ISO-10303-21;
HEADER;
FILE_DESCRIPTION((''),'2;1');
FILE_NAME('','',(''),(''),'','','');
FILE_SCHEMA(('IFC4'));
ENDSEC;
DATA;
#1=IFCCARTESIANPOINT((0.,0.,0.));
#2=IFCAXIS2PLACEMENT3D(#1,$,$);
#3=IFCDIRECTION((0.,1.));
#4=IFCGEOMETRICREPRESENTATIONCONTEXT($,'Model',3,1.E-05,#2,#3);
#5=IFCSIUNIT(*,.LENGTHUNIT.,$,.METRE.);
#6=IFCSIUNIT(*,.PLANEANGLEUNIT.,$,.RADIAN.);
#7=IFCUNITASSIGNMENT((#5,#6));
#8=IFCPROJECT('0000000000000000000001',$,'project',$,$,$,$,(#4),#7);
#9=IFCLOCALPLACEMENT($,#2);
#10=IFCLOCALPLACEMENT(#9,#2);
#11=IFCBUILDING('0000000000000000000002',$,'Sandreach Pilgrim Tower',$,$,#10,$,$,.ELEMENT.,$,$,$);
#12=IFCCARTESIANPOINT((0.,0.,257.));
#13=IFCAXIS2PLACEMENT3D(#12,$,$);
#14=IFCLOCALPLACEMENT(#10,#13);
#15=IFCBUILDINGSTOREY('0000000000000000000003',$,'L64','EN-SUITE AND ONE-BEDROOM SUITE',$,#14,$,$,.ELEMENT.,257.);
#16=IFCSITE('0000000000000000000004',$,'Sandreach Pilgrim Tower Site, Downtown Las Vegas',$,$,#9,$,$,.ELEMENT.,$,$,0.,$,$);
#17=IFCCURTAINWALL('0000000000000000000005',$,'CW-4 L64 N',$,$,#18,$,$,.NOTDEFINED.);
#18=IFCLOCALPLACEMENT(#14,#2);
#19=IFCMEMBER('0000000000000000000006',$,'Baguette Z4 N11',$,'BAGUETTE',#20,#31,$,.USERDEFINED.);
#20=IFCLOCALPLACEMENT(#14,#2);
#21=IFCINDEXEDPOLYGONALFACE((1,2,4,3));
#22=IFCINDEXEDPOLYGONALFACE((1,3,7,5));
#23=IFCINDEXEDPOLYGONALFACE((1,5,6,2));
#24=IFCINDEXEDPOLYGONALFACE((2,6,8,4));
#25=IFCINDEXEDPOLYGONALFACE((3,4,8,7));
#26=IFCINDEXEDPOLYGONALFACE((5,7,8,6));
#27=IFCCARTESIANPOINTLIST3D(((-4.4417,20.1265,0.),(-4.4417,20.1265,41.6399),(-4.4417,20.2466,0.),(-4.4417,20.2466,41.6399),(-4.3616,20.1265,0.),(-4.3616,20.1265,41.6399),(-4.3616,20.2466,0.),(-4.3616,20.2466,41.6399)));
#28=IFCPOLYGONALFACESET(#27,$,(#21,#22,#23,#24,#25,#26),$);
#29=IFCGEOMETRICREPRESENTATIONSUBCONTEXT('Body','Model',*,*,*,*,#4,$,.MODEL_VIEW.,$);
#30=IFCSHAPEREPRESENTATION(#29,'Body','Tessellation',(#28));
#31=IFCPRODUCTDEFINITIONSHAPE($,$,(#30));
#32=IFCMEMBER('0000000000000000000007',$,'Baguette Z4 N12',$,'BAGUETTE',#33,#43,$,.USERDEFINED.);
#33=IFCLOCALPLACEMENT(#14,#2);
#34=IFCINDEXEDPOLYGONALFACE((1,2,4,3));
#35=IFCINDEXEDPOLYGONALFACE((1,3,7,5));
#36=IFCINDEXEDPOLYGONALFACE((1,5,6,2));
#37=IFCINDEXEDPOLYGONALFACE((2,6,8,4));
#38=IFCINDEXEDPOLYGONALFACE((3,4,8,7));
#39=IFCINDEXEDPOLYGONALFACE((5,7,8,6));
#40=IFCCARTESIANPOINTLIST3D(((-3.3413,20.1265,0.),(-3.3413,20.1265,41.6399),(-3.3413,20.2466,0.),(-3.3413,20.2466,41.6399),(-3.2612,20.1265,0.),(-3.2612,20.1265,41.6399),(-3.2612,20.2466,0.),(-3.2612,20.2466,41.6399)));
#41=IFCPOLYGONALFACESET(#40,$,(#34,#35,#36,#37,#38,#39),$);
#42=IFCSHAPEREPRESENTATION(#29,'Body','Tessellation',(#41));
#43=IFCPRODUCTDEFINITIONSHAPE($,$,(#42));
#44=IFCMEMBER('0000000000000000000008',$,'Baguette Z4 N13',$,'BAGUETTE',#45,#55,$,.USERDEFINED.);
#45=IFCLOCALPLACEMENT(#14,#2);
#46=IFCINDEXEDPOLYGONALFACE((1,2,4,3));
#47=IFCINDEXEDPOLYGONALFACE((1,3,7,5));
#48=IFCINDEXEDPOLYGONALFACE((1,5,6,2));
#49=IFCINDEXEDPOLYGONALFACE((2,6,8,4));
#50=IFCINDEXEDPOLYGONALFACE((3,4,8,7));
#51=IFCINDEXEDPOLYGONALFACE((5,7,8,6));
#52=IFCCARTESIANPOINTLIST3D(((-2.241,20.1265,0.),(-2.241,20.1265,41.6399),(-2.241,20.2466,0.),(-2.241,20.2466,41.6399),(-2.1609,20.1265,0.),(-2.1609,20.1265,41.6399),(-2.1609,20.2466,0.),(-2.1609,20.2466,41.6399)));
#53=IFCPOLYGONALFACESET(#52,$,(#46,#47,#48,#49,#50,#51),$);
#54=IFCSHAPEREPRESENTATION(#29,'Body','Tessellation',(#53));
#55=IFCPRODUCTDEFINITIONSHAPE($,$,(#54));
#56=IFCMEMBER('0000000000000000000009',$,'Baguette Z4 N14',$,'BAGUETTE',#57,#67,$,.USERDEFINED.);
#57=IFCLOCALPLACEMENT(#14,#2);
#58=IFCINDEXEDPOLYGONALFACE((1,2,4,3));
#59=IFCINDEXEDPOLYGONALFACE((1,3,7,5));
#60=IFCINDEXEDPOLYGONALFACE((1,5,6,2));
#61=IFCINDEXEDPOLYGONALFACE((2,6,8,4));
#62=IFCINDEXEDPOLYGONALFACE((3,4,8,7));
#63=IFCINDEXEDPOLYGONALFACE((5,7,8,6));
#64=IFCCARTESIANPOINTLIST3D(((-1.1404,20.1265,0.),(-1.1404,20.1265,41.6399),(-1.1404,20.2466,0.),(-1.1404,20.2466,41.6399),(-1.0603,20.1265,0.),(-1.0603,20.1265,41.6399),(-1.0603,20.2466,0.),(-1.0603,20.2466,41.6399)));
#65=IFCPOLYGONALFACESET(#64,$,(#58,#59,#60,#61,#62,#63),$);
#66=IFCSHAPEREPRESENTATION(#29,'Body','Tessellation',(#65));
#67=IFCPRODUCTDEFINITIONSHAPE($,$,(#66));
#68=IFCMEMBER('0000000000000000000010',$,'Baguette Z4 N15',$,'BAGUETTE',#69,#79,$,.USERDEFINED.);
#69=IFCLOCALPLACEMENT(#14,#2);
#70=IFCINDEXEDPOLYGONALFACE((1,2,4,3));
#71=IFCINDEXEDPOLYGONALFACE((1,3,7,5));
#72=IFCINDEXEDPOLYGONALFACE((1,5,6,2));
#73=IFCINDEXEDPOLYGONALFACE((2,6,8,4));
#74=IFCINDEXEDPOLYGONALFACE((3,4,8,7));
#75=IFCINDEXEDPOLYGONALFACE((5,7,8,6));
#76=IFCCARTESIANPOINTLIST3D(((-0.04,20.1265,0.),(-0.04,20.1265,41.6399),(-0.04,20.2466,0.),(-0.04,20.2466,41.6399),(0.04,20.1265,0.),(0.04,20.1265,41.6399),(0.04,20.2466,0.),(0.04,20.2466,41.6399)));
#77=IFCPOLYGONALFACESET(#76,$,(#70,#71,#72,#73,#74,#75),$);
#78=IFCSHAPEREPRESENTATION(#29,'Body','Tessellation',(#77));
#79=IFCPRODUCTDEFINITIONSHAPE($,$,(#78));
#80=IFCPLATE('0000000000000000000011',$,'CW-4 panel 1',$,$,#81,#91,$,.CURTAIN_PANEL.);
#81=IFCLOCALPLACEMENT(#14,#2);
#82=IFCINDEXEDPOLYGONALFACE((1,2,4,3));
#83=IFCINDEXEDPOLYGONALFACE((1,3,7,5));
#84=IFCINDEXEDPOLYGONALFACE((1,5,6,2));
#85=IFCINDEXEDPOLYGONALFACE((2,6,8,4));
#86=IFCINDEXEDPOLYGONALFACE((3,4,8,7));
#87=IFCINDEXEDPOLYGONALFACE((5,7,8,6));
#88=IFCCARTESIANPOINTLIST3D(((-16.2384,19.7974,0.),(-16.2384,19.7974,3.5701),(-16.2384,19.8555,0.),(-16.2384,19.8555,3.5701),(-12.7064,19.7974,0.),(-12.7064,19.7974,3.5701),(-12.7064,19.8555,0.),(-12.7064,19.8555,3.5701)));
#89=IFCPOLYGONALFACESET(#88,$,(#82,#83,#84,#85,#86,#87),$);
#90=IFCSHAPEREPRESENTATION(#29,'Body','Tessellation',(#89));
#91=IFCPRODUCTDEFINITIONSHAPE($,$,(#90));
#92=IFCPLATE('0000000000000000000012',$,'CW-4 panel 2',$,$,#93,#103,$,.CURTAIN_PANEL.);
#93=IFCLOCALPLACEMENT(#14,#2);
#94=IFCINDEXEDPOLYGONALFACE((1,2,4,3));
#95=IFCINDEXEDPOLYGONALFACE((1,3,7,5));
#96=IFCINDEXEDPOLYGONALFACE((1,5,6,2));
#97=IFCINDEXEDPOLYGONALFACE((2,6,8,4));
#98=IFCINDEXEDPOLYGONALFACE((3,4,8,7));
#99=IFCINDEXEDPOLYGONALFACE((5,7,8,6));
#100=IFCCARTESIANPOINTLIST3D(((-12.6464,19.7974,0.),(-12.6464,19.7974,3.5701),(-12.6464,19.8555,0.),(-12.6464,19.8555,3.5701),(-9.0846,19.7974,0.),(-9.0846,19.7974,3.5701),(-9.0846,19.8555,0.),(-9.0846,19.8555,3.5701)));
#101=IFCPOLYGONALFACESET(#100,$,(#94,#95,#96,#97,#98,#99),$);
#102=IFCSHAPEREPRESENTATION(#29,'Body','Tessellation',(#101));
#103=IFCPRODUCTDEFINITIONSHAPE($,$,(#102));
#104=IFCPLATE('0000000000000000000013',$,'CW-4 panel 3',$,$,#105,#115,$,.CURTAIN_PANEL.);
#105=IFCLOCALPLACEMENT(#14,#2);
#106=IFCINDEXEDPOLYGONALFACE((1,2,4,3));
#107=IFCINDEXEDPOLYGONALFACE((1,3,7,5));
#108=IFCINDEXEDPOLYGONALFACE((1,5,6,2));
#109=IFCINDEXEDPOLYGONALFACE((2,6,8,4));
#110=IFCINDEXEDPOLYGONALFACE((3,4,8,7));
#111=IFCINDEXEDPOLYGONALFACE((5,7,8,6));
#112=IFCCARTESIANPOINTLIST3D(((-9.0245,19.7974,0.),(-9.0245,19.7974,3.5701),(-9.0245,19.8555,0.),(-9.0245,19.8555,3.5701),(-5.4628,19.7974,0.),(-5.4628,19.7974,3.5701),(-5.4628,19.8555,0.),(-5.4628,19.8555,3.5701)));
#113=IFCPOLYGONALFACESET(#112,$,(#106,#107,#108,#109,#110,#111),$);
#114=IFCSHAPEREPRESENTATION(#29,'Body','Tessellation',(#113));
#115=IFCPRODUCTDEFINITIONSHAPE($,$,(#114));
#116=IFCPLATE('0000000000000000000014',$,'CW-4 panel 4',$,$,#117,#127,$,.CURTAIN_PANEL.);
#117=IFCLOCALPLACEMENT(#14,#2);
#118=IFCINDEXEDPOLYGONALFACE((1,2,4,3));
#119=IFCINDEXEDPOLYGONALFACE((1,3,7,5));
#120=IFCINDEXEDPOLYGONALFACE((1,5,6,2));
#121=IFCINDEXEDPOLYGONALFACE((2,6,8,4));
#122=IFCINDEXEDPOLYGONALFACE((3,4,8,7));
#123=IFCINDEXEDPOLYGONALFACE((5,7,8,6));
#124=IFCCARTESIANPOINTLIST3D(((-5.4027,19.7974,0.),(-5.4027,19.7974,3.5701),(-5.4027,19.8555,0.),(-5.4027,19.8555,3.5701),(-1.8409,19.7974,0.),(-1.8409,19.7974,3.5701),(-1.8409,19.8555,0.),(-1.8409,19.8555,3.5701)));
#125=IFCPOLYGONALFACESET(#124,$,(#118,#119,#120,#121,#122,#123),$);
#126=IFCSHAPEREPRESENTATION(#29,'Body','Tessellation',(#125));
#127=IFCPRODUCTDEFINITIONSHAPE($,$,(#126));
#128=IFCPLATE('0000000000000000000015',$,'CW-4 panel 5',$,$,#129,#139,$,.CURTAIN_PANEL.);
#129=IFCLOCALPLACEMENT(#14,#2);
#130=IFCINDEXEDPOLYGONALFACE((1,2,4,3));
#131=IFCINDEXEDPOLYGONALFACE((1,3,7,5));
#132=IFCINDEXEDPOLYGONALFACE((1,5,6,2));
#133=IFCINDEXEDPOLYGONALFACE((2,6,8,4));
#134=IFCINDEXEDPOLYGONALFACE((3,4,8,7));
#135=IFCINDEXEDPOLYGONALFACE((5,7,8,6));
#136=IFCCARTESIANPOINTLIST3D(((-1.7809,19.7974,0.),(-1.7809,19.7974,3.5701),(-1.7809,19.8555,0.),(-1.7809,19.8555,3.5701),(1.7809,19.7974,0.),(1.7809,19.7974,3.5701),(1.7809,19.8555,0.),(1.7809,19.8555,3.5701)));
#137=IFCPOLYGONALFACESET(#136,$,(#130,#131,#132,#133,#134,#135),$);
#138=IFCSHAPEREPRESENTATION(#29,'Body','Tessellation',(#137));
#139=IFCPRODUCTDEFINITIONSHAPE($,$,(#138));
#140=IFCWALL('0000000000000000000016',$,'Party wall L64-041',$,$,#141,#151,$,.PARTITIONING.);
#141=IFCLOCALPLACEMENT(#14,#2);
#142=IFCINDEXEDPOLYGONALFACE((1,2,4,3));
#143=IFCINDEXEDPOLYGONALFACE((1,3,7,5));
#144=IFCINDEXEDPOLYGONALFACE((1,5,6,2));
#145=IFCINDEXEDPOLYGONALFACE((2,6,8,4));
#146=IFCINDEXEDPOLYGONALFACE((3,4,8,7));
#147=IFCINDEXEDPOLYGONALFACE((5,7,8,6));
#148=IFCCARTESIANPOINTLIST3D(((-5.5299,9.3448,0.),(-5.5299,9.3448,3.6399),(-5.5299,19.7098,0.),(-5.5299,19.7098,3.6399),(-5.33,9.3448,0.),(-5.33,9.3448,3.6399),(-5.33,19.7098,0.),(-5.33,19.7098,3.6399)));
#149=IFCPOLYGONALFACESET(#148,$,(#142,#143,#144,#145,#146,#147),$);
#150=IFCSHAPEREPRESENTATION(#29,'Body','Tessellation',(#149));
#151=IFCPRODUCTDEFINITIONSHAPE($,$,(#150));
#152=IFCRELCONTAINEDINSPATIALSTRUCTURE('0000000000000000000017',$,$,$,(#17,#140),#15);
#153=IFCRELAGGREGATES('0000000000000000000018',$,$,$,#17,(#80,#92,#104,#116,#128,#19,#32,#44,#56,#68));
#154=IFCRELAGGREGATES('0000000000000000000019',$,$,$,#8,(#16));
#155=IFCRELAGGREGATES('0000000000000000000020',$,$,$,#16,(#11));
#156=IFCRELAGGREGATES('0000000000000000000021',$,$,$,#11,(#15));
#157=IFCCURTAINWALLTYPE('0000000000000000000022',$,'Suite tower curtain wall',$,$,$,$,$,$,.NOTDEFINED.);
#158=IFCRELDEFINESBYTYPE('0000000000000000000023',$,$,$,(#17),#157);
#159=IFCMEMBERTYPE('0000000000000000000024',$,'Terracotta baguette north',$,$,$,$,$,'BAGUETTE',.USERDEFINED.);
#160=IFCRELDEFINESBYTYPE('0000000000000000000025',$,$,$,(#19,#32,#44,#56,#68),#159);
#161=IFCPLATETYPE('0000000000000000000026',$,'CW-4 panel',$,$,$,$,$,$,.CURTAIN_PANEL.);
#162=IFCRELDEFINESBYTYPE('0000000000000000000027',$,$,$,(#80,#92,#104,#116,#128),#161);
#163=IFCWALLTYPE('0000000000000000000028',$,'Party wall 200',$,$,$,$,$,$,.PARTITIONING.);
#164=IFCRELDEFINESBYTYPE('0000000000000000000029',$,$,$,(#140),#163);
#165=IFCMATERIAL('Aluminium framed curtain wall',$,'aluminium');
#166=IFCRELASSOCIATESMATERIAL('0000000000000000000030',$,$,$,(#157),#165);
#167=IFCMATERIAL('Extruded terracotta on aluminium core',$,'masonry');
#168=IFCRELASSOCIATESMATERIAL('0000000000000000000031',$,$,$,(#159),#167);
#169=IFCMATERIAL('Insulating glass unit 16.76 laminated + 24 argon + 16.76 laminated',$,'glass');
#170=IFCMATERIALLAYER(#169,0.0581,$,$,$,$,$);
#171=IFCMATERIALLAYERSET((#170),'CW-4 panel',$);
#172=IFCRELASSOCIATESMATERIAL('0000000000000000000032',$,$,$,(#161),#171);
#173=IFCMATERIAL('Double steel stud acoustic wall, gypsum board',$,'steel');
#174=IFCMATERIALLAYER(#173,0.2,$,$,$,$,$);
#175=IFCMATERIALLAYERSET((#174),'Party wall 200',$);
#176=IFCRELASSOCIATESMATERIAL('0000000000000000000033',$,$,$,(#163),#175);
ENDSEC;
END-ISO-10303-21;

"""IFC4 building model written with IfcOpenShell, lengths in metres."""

from ifc_helpers import new_model, si_unit, direction, frame, frame_2d, origin, origin_2d, place, context, subcontext, project, spatial, rectangle, extrude, material, layer, layer_set, material_profile, profile_set, type_object, element, aggregate, save


model = new_model("IFC4")

# Units and contexts
model_context = context("Model", 3, precision=1e-05, world=origin(), true_north=direction((0.0, 1.0)))
body_context = subcontext(model_context, "Body", "Model", "MODEL_VIEW")
ifc_project = project(units=[si_unit("LENGTHUNIT", "METRE"), si_unit("PLANEANGLEUNIT", "RADIAN")], contexts=[model_context])

# Site, building, storey
site_placement = place(None, origin())
site = spatial("IfcSite", under=ifc_project, at=site_placement, Name="Sandreach Pilgrim Tower Site, Downtown Las Vegas", CompositionType="ELEMENT", RefElevation=0.0)
building_placement = place(site_placement, origin())
building = spatial("IfcBuilding", under=site, at=building_placement, Name="Sandreach Pilgrim Tower", CompositionType="ELEMENT")
storey_placement = place(building_placement, frame((0.0, 0.0, 257.0)))
storey = spatial("IfcBuildingStorey", under=building, at=storey_placement, Name="L64", Description="EN-SUITE AND ONE-BEDROOM SUITE", CompositionType="ELEMENT", Elevation=257.0)

# Curtain wall
ifc_material_1 = material(Name="Aluminium framed curtain wall", Category="aluminium")
curtain_wall_type = type_object("IfcCurtainWallType", Name="Suite tower curtain wall", PredefinedType="NOTDEFINED", material=ifc_material_1)
curtain_wall_placement = place(storey_placement, origin())
curtain_wall = element("IfcCurtainWall", 1, at=curtain_wall_placement, inside=storey, type_object=curtain_wall_type, Name="CW-4 L64 N", PredefinedType="NOTDEFINED")

# Members
ifc_material_2 = material(Name="Extruded terracotta on aluminium core", Category="masonry")
ifc_material_profile_1 = material_profile(ifc_material_2, rectangle(XDim=0.0801, YDim=0.1201, at=origin_2d()), Name="TBN 80X120")
ifc_profile_set_1 = profile_set([ifc_material_profile_1], Name="Extruded terracotta on aluminium core")
member_type_1 = type_object("IfcMemberType", Name="Terracotta baguette north", ElementType="BAGUETTE", PredefinedType="USERDEFINED", material=ifc_profile_set_1)
member_1_placement = place(storey_placement, frame((-4.4016, 20.1865, 0.0), z_axis=(0.0, 0.0, 1.0), x_axis=(1.0, 0.0, 0.0)))
member_1 = element("IfcMember", 2, at=member_1_placement, type_object=member_type_1, Name="Baguette Z4 N11", ObjectType="BAGUETTE", PredefinedType="USERDEFINED", context=body_context, shape_type="SweptSolid", body=[
    extrude(rectangle(XDim=0.0801, YDim=0.1201, at=origin_2d()), origin(), (0.0, 0.0, 1.0), 41.6399),
])
member_2_placement = place(storey_placement, frame((-3.3013, 20.1865, 0.0), z_axis=(0.0, 0.0, 1.0), x_axis=(1.0, 0.0, 0.0)))
member_2 = element("IfcMember", 3, at=member_2_placement, type_object=member_type_1, Name="Baguette Z4 N12", ObjectType="BAGUETTE", PredefinedType="USERDEFINED", context=body_context, shape_type="SweptSolid", body=[
    extrude(rectangle(XDim=0.0801, YDim=0.1201, at=origin_2d()), origin(), (0.0, 0.0, 1.0), 41.6399),
])
member_3_placement = place(storey_placement, frame((-2.2009, 20.1865, 0.0), z_axis=(0.0, 0.0, 1.0), x_axis=(1.0, 0.0, 0.0)))
member_3 = element("IfcMember", 4, at=member_3_placement, type_object=member_type_1, Name="Baguette Z4 N13", ObjectType="BAGUETTE", PredefinedType="USERDEFINED", context=body_context, shape_type="SweptSolid", body=[
    extrude(rectangle(XDim=0.0801, YDim=0.1201, at=origin_2d()), origin(), (0.0, 0.0, 1.0), 41.6399),
])
member_4_placement = place(storey_placement, frame((-1.1003, 20.1865, 0.0), z_axis=(0.0, 0.0, 1.0), x_axis=(1.0, 0.0, 0.0)))
member_4 = element("IfcMember", 5, at=member_4_placement, type_object=member_type_1, Name="Baguette Z4 N14", ObjectType="BAGUETTE", PredefinedType="USERDEFINED", context=body_context, shape_type="SweptSolid", body=[
    extrude(rectangle(XDim=0.0801, YDim=0.1201, at=origin_2d()), origin(), (0.0, 0.0, 1.0), 41.6399),
])
member_5_placement = place(storey_placement, frame((0.0, 20.1865, 0.0), z_axis=(0.0, 0.0, 1.0), x_axis=(1.0, 0.0, 0.0)))
member_5 = element("IfcMember", 6, at=member_5_placement, type_object=member_type_1, Name="Baguette Z4 N15", ObjectType="BAGUETTE", PredefinedType="USERDEFINED", context=body_context, shape_type="SweptSolid", body=[
    extrude(rectangle(XDim=0.0801, YDim=0.1201, at=origin_2d()), origin(), (0.0, 0.0, 1.0), 41.6399),
])

# Plates
ifc_material_3 = material(Name="Insulating glass unit 16.76 laminated + 24 argon + 16.76 laminated", Category="glass")
ifc_layer_1 = layer(ifc_material_3, 0.0581)
ifc_layer_set_1 = layer_set([ifc_layer_1], Name="CW-4 panel")
plate_type = type_object("IfcPlateType", Name="CW-4 panel", PredefinedType="CURTAIN_PANEL", material=ifc_layer_set_1)
plate_1_placement = place(storey_placement, frame((-14.4724, 19.8264, 0.0), z_axis=(0.0, 0.0, 1.0), x_axis=(1.0, 0.0, 0.0)))
plate_1 = element("IfcPlate", 7, at=plate_1_placement, type_object=plate_type, Name="CW-4 panel 1", PredefinedType="CURTAIN_PANEL", context=body_context, shape_type="SweptSolid", body=[
    extrude(rectangle(XDim=3.532, YDim=0.0581, at=origin_2d()), origin(), (0.0, 0.0, 1.0), 3.5701),
])
plate_2_placement = place(storey_placement, frame((-10.8655, 19.8264, 0.0), z_axis=(0.0, 0.0, 1.0), x_axis=(1.0, 0.0, 0.0)))
plate_2 = element("IfcPlate", 8, at=plate_2_placement, type_object=plate_type, Name="CW-4 panel 2", PredefinedType="CURTAIN_PANEL", context=body_context, shape_type="SweptSolid", body=[
    extrude(rectangle(XDim=3.5618, YDim=0.0581, at=origin_2d()), origin(), (0.0, 0.0, 1.0), 3.5701),
])
plate_3_placement = place(storey_placement, frame((-7.2437, 19.8264, 0.0), z_axis=(0.0, 0.0, 1.0), x_axis=(1.0, 0.0, 0.0)))
plate_3 = element("IfcPlate", 9, at=plate_3_placement, type_object=plate_type, Name="CW-4 panel 3", PredefinedType="CURTAIN_PANEL", context=body_context, shape_type="SweptSolid", body=[
    extrude(rectangle(XDim=3.5618, YDim=0.0581, at=origin_2d()), origin(), (0.0, 0.0, 1.0), 3.5701),
])
plate_4_placement = place(storey_placement, frame((-3.6218, 19.8264, 0.0), z_axis=(0.0, 0.0, 1.0), x_axis=(1.0, 0.0, 0.0)))
plate_4 = element("IfcPlate", 10, at=plate_4_placement, type_object=plate_type, Name="CW-4 panel 4", PredefinedType="CURTAIN_PANEL", context=body_context, shape_type="SweptSolid", body=[
    extrude(rectangle(XDim=3.5618, YDim=0.0581, at=origin_2d()), origin(), (0.0, 0.0, 1.0), 3.5701),
])
plate_5_placement = place(storey_placement, frame((0.0, 19.8264, 0.0), z_axis=(0.0, 0.0, 1.0), x_axis=(1.0, 0.0, 0.0)))
plate_5 = element("IfcPlate", 11, at=plate_5_placement, type_object=plate_type, Name="CW-4 panel 5", PredefinedType="CURTAIN_PANEL", context=body_context, shape_type="SweptSolid", body=[
    extrude(rectangle(XDim=3.5618, YDim=0.0581, at=origin_2d()), origin(), (0.0, 0.0, 1.0), 3.5701),
])
aggregate(curtain_wall, [plate_1, plate_2, plate_3, plate_4, plate_5, member_1, member_2, member_3, member_4, member_5])

# Wall
ifc_material_4 = material(Name="Double steel stud acoustic wall, gypsum board", Category="steel")
ifc_layer_2 = layer(ifc_material_4, 0.2)
ifc_layer_set_2 = layer_set([ifc_layer_2], Name="Party wall 200")
wall_type = type_object("IfcWallType", Name="Party wall 200", PredefinedType="PARTITIONING", material=ifc_layer_set_2)
wall_placement = place(storey_placement, frame((-5.4299, 19.71, 0.0), z_axis=(0.0, 0.0, 1.0), x_axis=(0.0, -1.0, 0.0)))
element("IfcWall", 12, at=wall_placement, inside=storey, type_object=wall_type, Name="Party wall L64-041", PredefinedType="PARTITIONING", context=body_context, shape_type="SweptSolid", body=[
    extrude(rectangle(XDim=10.365, YDim=0.2, at=frame_2d((5.1826, 0.0))), origin(), (0.0, 0.0, 1.0), 3.6399),
])

save(model, "model.ifc")
